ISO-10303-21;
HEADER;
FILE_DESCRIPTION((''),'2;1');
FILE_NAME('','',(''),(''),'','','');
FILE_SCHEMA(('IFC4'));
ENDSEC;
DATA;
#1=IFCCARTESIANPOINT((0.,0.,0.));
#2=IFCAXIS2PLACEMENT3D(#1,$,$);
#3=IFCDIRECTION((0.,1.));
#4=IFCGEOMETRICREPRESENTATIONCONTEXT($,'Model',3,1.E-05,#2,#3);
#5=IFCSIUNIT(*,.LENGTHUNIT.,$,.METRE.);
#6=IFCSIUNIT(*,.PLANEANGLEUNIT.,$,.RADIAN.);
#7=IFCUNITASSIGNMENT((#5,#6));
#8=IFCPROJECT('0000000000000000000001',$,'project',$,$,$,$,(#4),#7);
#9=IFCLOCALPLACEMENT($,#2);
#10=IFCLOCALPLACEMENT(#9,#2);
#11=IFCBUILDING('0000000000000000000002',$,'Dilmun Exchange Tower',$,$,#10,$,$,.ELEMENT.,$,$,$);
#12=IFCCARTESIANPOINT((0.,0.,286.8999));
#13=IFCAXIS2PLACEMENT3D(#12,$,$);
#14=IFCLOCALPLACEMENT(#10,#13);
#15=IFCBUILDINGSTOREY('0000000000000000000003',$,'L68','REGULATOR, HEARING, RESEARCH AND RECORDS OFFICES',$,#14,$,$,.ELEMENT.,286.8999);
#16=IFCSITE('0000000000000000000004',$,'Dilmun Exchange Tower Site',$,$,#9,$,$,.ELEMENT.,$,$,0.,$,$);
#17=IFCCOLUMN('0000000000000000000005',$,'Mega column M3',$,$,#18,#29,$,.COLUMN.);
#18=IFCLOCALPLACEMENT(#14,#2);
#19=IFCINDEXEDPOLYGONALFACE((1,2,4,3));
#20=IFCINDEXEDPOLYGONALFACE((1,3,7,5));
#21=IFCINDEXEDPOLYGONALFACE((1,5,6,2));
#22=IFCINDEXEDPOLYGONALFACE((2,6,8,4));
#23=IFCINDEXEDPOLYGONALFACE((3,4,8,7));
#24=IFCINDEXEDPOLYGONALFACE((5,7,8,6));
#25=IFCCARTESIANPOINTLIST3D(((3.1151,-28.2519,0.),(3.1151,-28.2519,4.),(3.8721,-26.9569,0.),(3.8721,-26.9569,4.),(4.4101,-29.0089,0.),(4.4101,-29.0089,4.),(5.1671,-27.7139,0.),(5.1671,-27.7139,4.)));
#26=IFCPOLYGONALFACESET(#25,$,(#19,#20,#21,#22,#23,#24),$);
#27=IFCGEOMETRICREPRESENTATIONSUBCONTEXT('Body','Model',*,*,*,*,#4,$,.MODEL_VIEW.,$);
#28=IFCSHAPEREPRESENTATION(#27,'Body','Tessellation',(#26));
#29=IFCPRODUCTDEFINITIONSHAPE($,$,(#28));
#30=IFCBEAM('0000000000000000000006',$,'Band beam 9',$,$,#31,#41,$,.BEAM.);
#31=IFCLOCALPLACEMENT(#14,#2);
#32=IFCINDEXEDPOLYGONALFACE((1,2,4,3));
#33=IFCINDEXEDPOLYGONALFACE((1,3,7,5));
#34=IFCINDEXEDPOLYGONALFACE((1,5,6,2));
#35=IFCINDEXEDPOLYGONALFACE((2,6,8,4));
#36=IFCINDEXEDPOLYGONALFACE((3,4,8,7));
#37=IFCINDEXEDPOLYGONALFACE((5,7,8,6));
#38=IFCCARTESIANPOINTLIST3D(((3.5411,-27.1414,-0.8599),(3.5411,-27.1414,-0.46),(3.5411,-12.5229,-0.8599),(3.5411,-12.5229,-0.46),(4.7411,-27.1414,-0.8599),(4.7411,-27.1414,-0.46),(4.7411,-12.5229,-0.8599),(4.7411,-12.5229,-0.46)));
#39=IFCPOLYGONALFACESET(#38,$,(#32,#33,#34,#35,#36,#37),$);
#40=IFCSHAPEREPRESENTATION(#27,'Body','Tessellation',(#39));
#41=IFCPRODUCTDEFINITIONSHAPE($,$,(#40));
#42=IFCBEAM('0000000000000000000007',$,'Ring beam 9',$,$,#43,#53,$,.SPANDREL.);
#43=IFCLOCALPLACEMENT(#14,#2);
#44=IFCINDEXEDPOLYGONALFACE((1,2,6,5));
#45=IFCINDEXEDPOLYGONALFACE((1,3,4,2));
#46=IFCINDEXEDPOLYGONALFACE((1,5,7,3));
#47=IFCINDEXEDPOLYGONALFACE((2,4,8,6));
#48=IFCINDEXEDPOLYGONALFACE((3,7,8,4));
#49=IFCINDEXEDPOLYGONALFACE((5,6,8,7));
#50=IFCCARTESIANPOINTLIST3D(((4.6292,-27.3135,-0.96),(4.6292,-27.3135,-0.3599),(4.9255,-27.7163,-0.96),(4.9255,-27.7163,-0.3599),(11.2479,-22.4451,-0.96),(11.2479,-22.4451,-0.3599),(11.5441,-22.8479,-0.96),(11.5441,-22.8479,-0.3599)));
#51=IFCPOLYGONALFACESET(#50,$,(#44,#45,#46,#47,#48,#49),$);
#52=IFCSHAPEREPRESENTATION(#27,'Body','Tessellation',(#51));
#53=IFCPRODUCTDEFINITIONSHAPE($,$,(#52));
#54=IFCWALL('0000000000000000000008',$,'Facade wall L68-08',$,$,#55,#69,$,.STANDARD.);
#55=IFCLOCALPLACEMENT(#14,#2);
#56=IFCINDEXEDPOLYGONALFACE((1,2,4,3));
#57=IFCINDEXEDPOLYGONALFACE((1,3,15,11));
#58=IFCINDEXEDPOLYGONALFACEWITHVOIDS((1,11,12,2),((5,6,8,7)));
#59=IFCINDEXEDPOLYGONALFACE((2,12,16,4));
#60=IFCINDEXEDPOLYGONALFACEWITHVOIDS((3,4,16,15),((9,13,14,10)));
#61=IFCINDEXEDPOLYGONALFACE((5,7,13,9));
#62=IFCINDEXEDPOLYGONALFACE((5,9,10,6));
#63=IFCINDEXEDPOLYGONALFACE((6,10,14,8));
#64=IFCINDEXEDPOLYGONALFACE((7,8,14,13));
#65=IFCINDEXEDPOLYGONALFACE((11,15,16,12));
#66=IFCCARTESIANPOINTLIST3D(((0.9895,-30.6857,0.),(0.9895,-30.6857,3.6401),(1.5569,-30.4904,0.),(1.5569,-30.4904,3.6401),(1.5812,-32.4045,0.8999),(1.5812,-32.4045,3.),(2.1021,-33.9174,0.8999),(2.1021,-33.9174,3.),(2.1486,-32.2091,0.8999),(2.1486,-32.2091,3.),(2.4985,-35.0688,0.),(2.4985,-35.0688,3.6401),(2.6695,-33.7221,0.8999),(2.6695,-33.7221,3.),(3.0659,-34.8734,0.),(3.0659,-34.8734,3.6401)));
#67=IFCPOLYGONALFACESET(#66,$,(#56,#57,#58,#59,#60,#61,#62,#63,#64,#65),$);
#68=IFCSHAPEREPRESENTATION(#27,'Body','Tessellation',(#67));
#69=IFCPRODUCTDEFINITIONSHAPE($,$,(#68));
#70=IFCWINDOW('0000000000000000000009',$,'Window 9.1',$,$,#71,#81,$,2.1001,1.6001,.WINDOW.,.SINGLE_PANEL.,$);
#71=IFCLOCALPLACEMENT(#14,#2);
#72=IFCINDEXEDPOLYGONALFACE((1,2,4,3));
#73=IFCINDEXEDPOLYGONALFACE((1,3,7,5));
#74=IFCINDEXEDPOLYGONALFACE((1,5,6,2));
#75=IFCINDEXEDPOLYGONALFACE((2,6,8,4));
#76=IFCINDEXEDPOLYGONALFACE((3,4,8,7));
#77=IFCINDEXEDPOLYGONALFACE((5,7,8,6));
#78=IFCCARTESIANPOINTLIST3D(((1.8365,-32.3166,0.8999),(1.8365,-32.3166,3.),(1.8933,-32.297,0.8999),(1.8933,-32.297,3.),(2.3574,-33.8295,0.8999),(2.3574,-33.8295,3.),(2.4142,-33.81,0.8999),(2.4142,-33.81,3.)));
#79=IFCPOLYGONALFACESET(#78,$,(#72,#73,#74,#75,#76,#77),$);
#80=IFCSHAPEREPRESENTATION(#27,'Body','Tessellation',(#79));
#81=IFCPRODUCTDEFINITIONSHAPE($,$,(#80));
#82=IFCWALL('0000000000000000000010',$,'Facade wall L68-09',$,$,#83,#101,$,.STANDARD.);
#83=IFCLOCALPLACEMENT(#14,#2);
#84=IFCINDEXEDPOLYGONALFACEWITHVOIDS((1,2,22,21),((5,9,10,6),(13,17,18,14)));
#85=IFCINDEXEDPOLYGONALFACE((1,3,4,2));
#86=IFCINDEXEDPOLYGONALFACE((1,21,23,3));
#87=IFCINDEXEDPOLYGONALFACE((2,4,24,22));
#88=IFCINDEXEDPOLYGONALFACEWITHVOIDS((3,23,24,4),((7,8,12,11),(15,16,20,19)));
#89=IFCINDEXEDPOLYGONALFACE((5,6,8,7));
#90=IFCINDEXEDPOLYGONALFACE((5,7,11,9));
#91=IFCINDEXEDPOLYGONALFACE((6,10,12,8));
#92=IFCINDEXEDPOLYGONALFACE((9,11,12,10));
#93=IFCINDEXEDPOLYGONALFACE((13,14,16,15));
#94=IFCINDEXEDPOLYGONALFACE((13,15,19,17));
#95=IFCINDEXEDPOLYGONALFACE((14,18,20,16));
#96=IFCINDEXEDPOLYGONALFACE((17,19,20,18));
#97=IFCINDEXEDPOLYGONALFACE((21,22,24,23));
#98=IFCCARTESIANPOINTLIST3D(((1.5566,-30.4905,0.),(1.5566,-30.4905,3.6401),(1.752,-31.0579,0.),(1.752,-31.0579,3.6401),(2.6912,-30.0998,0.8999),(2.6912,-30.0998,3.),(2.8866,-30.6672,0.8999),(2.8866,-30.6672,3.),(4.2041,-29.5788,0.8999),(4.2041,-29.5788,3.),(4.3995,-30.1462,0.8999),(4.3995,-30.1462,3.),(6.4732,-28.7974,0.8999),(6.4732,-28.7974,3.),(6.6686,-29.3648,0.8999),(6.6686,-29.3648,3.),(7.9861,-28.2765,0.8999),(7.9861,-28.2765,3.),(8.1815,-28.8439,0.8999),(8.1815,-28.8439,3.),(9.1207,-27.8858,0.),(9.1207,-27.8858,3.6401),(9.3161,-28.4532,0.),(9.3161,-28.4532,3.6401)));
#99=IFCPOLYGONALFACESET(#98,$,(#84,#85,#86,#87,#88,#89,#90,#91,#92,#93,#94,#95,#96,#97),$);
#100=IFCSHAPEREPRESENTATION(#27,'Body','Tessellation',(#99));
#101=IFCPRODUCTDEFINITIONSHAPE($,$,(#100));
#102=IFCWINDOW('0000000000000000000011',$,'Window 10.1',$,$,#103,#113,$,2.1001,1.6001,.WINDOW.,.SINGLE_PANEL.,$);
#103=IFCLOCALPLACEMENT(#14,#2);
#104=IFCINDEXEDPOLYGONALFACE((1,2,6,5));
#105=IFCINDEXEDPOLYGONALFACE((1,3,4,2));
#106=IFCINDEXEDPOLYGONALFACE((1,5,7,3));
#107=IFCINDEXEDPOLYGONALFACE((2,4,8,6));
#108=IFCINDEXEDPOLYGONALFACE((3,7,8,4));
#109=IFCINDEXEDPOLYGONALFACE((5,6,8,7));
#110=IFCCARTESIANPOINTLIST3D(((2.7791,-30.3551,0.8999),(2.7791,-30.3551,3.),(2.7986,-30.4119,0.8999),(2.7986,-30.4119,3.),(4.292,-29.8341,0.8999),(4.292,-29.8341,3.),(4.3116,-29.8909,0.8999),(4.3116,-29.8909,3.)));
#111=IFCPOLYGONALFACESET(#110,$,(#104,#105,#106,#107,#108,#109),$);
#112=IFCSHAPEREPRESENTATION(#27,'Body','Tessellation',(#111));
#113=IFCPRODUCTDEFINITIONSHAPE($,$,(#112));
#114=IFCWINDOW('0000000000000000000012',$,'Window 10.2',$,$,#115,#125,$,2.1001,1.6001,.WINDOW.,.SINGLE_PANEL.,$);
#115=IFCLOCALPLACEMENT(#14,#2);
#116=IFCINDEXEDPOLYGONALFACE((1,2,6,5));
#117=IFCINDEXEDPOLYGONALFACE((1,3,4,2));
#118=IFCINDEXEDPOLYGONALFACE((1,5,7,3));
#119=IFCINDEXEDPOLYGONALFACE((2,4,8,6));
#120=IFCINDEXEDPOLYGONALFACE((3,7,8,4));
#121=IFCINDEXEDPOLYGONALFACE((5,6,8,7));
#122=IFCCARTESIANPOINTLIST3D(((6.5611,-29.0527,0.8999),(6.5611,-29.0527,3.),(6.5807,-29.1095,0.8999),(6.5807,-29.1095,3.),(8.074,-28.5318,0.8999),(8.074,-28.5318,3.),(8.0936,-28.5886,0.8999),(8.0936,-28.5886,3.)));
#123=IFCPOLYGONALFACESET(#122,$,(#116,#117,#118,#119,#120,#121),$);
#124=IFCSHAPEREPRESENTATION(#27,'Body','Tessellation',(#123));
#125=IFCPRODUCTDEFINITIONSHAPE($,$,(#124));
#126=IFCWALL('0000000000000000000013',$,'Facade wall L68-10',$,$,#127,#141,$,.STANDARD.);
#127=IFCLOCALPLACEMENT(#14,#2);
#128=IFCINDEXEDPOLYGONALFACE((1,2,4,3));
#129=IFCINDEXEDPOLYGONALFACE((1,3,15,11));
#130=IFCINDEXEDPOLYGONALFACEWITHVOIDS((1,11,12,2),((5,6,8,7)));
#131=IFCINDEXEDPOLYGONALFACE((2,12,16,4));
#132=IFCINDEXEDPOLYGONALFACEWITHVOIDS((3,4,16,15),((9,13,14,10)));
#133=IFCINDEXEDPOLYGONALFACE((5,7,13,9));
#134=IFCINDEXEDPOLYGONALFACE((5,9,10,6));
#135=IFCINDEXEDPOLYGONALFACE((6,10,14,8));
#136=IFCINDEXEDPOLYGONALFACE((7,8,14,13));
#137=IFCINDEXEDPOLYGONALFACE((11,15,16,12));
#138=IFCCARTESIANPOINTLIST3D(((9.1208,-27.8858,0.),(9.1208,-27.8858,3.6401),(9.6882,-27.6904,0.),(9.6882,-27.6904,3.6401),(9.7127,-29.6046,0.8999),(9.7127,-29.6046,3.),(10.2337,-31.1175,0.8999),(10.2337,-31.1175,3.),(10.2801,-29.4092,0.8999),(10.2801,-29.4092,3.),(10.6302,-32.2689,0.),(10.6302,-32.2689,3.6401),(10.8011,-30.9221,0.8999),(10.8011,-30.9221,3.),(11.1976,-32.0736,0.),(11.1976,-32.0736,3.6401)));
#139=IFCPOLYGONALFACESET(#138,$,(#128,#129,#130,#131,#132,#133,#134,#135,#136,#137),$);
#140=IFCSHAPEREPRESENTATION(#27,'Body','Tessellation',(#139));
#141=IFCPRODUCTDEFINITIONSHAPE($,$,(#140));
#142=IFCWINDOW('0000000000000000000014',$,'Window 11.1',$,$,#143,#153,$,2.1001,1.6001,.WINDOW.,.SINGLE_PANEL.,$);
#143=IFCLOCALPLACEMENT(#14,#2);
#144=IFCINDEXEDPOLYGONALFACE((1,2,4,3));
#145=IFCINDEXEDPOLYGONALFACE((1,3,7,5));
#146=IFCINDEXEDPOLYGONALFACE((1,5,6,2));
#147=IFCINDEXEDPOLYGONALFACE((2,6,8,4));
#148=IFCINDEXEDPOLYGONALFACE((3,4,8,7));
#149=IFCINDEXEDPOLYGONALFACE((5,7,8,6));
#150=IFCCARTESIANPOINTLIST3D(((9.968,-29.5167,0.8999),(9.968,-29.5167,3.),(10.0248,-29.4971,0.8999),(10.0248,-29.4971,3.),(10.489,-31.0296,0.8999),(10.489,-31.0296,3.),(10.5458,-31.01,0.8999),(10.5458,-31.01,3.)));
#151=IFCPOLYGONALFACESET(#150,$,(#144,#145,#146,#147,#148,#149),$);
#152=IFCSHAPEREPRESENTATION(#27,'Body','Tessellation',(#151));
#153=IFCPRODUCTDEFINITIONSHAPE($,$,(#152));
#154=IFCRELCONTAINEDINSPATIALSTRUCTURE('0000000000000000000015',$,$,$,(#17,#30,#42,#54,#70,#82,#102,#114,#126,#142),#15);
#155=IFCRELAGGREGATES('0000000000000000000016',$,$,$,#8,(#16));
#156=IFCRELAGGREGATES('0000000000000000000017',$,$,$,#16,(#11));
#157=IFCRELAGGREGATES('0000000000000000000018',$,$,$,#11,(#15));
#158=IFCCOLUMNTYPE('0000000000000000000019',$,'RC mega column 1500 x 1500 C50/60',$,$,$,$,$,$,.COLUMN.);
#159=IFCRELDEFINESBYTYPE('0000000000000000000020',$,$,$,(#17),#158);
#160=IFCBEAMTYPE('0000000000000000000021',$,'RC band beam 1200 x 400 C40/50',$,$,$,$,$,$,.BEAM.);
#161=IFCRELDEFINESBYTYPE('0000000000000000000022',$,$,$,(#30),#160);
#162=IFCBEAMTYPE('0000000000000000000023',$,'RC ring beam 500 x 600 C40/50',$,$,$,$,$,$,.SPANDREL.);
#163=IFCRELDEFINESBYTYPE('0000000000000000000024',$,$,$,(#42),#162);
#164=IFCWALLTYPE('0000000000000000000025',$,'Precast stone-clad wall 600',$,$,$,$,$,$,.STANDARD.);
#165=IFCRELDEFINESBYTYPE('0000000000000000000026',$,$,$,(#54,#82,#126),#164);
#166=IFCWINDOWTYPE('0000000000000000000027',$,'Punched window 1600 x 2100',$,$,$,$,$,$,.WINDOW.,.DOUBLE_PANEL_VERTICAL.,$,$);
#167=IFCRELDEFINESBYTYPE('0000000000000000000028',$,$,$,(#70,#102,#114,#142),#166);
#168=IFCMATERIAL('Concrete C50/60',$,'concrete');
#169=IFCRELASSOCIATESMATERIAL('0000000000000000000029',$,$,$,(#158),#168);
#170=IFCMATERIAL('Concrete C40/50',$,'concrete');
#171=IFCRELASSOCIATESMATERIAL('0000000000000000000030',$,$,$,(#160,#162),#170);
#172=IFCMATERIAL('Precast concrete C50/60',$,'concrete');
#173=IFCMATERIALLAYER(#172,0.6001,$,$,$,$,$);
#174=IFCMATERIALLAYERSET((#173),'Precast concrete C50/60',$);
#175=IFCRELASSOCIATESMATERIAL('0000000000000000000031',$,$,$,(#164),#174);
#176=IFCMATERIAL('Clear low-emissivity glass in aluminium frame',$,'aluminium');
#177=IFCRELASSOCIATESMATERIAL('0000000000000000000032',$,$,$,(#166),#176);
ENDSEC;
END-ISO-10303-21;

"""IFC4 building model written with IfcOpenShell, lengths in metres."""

from ifc_helpers import new_model, si_unit, direction, frame, frame_2d, origin, origin_2d, place, context, subcontext, project, spatial, rectangle, extrude, material, layer, layer_set, material_profile, profile_set, type_object, element, fill, save


model = new_model("IFC4")

# Units and contexts
model_context = context("Model", 3, precision=1e-05, world=origin(), true_north=direction((0.0, 1.0)))
body_context = subcontext(model_context, "Body", "Model", "MODEL_VIEW")
ifc_project = project(units=[si_unit("LENGTHUNIT", "METRE"), si_unit("PLANEANGLEUNIT", "RADIAN")], contexts=[model_context])

# Site, building, storey
site_placement = place(None, origin())
site = spatial("IfcSite", under=ifc_project, at=site_placement, Name="Dilmun Exchange Tower Site", CompositionType="ELEMENT", RefElevation=0.0)
building_placement = place(site_placement, origin())
building = spatial("IfcBuilding", under=site, at=building_placement, Name="Dilmun Exchange Tower", CompositionType="ELEMENT")
storey_placement = place(building_placement, frame((0.0, 0.0, 286.8999)))
storey = spatial("IfcBuildingStorey", under=building, at=storey_placement, Name="L68", Description="REGULATOR, HEARING, RESEARCH AND RECORDS OFFICES", CompositionType="ELEMENT", Elevation=286.8999)

# Column
ifc_material_1 = material(Name="Concrete C50/60", Category="concrete")
ifc_material_profile_1 = material_profile(ifc_material_1, rectangle(XDim=1.5, YDim=1.5, at=origin_2d()), Name="1500 x 1500")
ifc_profile_set_1 = profile_set([ifc_material_profile_1], Name="Concrete C50/60")
column_type = type_object("IfcColumnType", Name="RC mega column 1500 x 1500 C50/60", PredefinedType="COLUMN", material=ifc_profile_set_1)
column_placement = place(storey_placement, frame((4.1411, -27.9829, 0.0), z_axis=(0.0, 0.0, 1.0), x_axis=(0.504644, 0.863328, 0.0)))
element("IfcColumn", 1, at=column_placement, inside=storey, type_object=column_type, Name="Mega column M3", PredefinedType="COLUMN", context=body_context, shape_type="SweptSolid", body=[
    extrude(rectangle(XDim=1.5, YDim=1.5, at=origin_2d()), origin(), (0.0, 0.0, 1.0), 4.0),
])

# Beams
ifc_material_2 = material(Name="Concrete C40/50", Category="concrete")
ifc_material_profile_2 = material_profile(ifc_material_2, rectangle(XDim=1.2, YDim=0.3999, at=origin_2d()), Name="1200 x 400")
ifc_profile_set_2 = profile_set([ifc_material_profile_2], Name="Concrete C40/50")
beam_type_1 = type_object("IfcBeamType", Name="RC band beam 1200 x 400 C40/50", PredefinedType="BEAM", material=ifc_profile_set_2)
beam_1_placement = place(storey_placement, frame((4.1411, -27.1414, -0.6599), z_axis=(0.0, 1.0, 0.0), x_axis=(-1.0, 0.0, 0.0)))
element("IfcBeam", 2, at=beam_1_placement, inside=storey, type_object=beam_type_1, Name="Band beam 9", PredefinedType="BEAM", context=body_context, shape_type="SweptSolid", body=[
    extrude(rectangle(XDim=1.2, YDim=0.3999, at=origin_2d()), origin(), (0.0, 0.0, 1.0), 14.6184),
])
ifc_material_profile_3 = material_profile(ifc_material_2, rectangle(XDim=0.5, YDim=0.6001, at=origin_2d()), Name="500 x 600")
ifc_profile_set_3 = profile_set([ifc_material_profile_3], Name="Concrete C40/50")
beam_type_2 = type_object("IfcBeamType", Name="RC ring beam 500 x 600 C40/50", PredefinedType="SPANDREL", material=ifc_profile_set_3)
beam_2_placement = place(storey_placement, frame((4.7773, -27.5149, -0.6599), z_axis=(0.805549, 0.592529, 0.0), x_axis=(-0.592529, 0.805549, 0.0)))
element("IfcBeam", 3, at=beam_2_placement, inside=storey, type_object=beam_type_2, Name="Ring beam 9", PredefinedType="SPANDREL", context=body_context, shape_type="SweptSolid", body=[
    extrude(rectangle(XDim=0.5, YDim=0.6001, at=origin_2d()), origin(), (0.0, 0.0, 1.0), 8.2163),
])

# Wall, opening, window
ifc_material_3 = material(Name="Precast concrete C50/60", Category="concrete")
ifc_layer = layer(ifc_material_3, 0.6001)
ifc_layer_set = layer_set([ifc_layer], Name="Precast concrete C50/60")
wall_type = type_object("IfcWallType", Name="Precast stone-clad wall 600", PredefinedType="STANDARD", material=ifc_layer_set)
wall_1_placement = place(storey_placement, frame((2.7822, -34.9712, 0.0), z_axis=(0.0, 0.0, 1.0), x_axis=(-0.325535, 0.94553, 0.0)))
wall_1 = element("IfcWall", 4, at=wall_1_placement, inside=storey, type_object=wall_type, Name="Facade wall L68-08", PredefinedType="STANDARD", context=body_context, shape_type="SweptSolid", body=[
    extrude(rectangle(XDim=4.6355, YDim=0.6001, at=frame_2d((2.3179, 0.0))), origin(), (0.0, 0.0, 1.0), 3.6401),
])
opening_1_placement = place(wall_1_placement, frame((1.2178, 0.0, 0.8999)))
opening_1 = element("IfcOpeningElement", 5, at=opening_1_placement, cuts=wall_1, PredefinedType="OPENING", context=body_context, shape_type="SweptSolid", body=[
    extrude(rectangle(XDim=1.6001, YDim=2.1001, at=frame_2d((0.8, 1.05))), frame((0.0, 0.3101, 0.0), z_axis=(0.0, -1.0, 0.0), x_axis=(1.0, 0.0, 0.0)), (0.0, 0.0, 1.0), 0.6201),
])
ifc_material_4 = material(Name="Clear low-emissivity glass in aluminium frame", Category="aluminium")
window_type_1 = type_object("IfcWindowType", Name="Punched window 1600 x 2100", PartitioningType="DOUBLE_PANEL_VERTICAL", PredefinedType="WINDOW", material=ifc_material_4)
window_1_placement = place(opening_1_placement, origin())
window_1 = element("IfcWindow", 6, at=window_1_placement, inside=storey, type_object=window_type_1, Name="Window 9.1", OverallHeight=2.1001, OverallWidth=1.6001, PartitioningType="SINGLE_PANEL", PredefinedType="WINDOW", context=body_context, shape_type="SweptSolid", body=[
    extrude(rectangle(XDim=1.6001, YDim=2.1001, at=frame_2d((0.8, 1.05))), frame((0.0, 0.03, 0.0), z_axis=(0.0, -1.0, 0.0), x_axis=(1.0, 0.0, 0.0)), (0.0, 0.0, 1.0), 0.0601),
])
fill(opening_1, window_1)

# Wall, openings, windows
wall_2_placement = place(storey_placement, frame((1.6543, -30.7742, 0.0), z_axis=(0.0, 0.0, 1.0), x_axis=(0.945512, 0.325587, 0.0)))
wall_2 = element("IfcWall", 7, at=wall_2_placement, inside=storey, type_object=wall_type, Name="Facade wall L68-09", PredefinedType="STANDARD", context=body_context, shape_type="SweptSolid", body=[
    extrude(rectangle(XDim=8.0, YDim=0.6001, at=frame_2d((4.0, 0.0))), origin(), (0.0, 0.0, 1.0), 3.6401),
])
opening_2_placement = place(wall_2_placement, frame((1.2, 0.0, 0.8999)))
opening_2 = element("IfcOpeningElement", 8, at=opening_2_placement, cuts=wall_2, PredefinedType="OPENING", context=body_context, shape_type="SweptSolid", body=[
    extrude(rectangle(XDim=1.6001, YDim=2.1001, at=frame_2d((0.8, 1.05))), frame((0.0, 0.3101, 0.0), z_axis=(0.0, -1.0, 0.0), x_axis=(1.0, 0.0, 0.0)), (0.0, 0.0, 1.0), 0.6201),
])
opening_3_placement = place(wall_2_placement, frame((5.2, 0.0, 0.8999)))
opening_3 = element("IfcOpeningElement", 9, at=opening_3_placement, cuts=wall_2, PredefinedType="OPENING", context=body_context, shape_type="SweptSolid", body=[
    extrude(rectangle(XDim=1.6001, YDim=2.1001, at=frame_2d((0.8, 1.05))), frame((0.0, 0.3101, 0.0), z_axis=(0.0, -1.0, 0.0), x_axis=(1.0, 0.0, 0.0)), (0.0, 0.0, 1.0), 0.6201),
])
window_2_placement = place(opening_2_placement, origin())
window_2 = element("IfcWindow", 10, at=window_2_placement, inside=storey, type_object=window_type_1, Name="Window 10.1", OverallHeight=2.1001, OverallWidth=1.6001, PartitioningType="SINGLE_PANEL", PredefinedType="WINDOW", context=body_context, shape_type="SweptSolid", body=[
    extrude(rectangle(XDim=1.6001, YDim=2.1001, at=frame_2d((0.8, 1.05))), frame((0.0, 0.03, 0.0), z_axis=(0.0, -1.0, 0.0), x_axis=(1.0, 0.0, 0.0)), (0.0, 0.0, 1.0), 0.0601),
])
fill(opening_2, window_2)
window_3_placement = place(opening_3_placement, origin())
window_3 = element("IfcWindow", 11, at=window_3_placement, inside=storey, type_object=window_type_1, Name="Window 10.2", OverallHeight=2.1001, OverallWidth=1.6001, PartitioningType="SINGLE_PANEL", PredefinedType="WINDOW", context=body_context, shape_type="SweptSolid", body=[
    extrude(rectangle(XDim=1.6001, YDim=2.1001, at=frame_2d((0.8, 1.05))), frame((0.0, 0.03, 0.0), z_axis=(0.0, -1.0, 0.0), x_axis=(1.0, 0.0, 0.0)), (0.0, 0.0, 1.0), 0.0601),
])
fill(opening_3, window_3)

# Wall, opening, window
wall_3_placement = place(storey_placement, frame((9.4045, -27.7881, 0.0), z_axis=(0.0, 0.0, 1.0), x_axis=(0.325582, -0.945514, 0.0)))
wall_3 = element("IfcWall", 12, at=wall_3_placement, inside=storey, type_object=wall_type, Name="Facade wall L68-10", PredefinedType="STANDARD", context=body_context, shape_type="SweptSolid", body=[
    extrude(rectangle(XDim=4.6357, YDim=0.6001, at=frame_2d((2.3179, 0.0))), origin(), (0.0, 0.0, 1.0), 3.6401),
])
opening_4_placement = place(wall_3_placement, frame((1.8179, 0.0, 0.8999)))
opening_4 = element("IfcOpeningElement", 13, at=opening_4_placement, cuts=wall_3, PredefinedType="OPENING", context=body_context, shape_type="SweptSolid", body=[
    extrude(rectangle(XDim=1.6001, YDim=2.1001, at=frame_2d((0.8, 1.05))), frame((0.0, 0.3101, 0.0), z_axis=(0.0, -1.0, 0.0), x_axis=(1.0, 0.0, 0.0)), (0.0, 0.0, 1.0), 0.6201),
])
window_4_placement = place(opening_4_placement, origin())
window_4 = element("IfcWindow", 14, at=window_4_placement, inside=storey, type_object=window_type_1, Name="Window 11.1", OverallHeight=2.1001, OverallWidth=1.6001, PartitioningType="SINGLE_PANEL", PredefinedType="WINDOW", context=body_context, shape_type="SweptSolid", body=[
    extrude(rectangle(XDim=1.6001, YDim=2.1001, at=frame_2d((0.8, 1.05))), frame((0.0, 0.03, 0.0), z_axis=(0.0, -1.0, 0.0), x_axis=(1.0, 0.0, 0.0)), (0.0, 0.0, 1.0), 0.0601),
])
fill(opening_4, window_4)

save(model, "model.ifc")
